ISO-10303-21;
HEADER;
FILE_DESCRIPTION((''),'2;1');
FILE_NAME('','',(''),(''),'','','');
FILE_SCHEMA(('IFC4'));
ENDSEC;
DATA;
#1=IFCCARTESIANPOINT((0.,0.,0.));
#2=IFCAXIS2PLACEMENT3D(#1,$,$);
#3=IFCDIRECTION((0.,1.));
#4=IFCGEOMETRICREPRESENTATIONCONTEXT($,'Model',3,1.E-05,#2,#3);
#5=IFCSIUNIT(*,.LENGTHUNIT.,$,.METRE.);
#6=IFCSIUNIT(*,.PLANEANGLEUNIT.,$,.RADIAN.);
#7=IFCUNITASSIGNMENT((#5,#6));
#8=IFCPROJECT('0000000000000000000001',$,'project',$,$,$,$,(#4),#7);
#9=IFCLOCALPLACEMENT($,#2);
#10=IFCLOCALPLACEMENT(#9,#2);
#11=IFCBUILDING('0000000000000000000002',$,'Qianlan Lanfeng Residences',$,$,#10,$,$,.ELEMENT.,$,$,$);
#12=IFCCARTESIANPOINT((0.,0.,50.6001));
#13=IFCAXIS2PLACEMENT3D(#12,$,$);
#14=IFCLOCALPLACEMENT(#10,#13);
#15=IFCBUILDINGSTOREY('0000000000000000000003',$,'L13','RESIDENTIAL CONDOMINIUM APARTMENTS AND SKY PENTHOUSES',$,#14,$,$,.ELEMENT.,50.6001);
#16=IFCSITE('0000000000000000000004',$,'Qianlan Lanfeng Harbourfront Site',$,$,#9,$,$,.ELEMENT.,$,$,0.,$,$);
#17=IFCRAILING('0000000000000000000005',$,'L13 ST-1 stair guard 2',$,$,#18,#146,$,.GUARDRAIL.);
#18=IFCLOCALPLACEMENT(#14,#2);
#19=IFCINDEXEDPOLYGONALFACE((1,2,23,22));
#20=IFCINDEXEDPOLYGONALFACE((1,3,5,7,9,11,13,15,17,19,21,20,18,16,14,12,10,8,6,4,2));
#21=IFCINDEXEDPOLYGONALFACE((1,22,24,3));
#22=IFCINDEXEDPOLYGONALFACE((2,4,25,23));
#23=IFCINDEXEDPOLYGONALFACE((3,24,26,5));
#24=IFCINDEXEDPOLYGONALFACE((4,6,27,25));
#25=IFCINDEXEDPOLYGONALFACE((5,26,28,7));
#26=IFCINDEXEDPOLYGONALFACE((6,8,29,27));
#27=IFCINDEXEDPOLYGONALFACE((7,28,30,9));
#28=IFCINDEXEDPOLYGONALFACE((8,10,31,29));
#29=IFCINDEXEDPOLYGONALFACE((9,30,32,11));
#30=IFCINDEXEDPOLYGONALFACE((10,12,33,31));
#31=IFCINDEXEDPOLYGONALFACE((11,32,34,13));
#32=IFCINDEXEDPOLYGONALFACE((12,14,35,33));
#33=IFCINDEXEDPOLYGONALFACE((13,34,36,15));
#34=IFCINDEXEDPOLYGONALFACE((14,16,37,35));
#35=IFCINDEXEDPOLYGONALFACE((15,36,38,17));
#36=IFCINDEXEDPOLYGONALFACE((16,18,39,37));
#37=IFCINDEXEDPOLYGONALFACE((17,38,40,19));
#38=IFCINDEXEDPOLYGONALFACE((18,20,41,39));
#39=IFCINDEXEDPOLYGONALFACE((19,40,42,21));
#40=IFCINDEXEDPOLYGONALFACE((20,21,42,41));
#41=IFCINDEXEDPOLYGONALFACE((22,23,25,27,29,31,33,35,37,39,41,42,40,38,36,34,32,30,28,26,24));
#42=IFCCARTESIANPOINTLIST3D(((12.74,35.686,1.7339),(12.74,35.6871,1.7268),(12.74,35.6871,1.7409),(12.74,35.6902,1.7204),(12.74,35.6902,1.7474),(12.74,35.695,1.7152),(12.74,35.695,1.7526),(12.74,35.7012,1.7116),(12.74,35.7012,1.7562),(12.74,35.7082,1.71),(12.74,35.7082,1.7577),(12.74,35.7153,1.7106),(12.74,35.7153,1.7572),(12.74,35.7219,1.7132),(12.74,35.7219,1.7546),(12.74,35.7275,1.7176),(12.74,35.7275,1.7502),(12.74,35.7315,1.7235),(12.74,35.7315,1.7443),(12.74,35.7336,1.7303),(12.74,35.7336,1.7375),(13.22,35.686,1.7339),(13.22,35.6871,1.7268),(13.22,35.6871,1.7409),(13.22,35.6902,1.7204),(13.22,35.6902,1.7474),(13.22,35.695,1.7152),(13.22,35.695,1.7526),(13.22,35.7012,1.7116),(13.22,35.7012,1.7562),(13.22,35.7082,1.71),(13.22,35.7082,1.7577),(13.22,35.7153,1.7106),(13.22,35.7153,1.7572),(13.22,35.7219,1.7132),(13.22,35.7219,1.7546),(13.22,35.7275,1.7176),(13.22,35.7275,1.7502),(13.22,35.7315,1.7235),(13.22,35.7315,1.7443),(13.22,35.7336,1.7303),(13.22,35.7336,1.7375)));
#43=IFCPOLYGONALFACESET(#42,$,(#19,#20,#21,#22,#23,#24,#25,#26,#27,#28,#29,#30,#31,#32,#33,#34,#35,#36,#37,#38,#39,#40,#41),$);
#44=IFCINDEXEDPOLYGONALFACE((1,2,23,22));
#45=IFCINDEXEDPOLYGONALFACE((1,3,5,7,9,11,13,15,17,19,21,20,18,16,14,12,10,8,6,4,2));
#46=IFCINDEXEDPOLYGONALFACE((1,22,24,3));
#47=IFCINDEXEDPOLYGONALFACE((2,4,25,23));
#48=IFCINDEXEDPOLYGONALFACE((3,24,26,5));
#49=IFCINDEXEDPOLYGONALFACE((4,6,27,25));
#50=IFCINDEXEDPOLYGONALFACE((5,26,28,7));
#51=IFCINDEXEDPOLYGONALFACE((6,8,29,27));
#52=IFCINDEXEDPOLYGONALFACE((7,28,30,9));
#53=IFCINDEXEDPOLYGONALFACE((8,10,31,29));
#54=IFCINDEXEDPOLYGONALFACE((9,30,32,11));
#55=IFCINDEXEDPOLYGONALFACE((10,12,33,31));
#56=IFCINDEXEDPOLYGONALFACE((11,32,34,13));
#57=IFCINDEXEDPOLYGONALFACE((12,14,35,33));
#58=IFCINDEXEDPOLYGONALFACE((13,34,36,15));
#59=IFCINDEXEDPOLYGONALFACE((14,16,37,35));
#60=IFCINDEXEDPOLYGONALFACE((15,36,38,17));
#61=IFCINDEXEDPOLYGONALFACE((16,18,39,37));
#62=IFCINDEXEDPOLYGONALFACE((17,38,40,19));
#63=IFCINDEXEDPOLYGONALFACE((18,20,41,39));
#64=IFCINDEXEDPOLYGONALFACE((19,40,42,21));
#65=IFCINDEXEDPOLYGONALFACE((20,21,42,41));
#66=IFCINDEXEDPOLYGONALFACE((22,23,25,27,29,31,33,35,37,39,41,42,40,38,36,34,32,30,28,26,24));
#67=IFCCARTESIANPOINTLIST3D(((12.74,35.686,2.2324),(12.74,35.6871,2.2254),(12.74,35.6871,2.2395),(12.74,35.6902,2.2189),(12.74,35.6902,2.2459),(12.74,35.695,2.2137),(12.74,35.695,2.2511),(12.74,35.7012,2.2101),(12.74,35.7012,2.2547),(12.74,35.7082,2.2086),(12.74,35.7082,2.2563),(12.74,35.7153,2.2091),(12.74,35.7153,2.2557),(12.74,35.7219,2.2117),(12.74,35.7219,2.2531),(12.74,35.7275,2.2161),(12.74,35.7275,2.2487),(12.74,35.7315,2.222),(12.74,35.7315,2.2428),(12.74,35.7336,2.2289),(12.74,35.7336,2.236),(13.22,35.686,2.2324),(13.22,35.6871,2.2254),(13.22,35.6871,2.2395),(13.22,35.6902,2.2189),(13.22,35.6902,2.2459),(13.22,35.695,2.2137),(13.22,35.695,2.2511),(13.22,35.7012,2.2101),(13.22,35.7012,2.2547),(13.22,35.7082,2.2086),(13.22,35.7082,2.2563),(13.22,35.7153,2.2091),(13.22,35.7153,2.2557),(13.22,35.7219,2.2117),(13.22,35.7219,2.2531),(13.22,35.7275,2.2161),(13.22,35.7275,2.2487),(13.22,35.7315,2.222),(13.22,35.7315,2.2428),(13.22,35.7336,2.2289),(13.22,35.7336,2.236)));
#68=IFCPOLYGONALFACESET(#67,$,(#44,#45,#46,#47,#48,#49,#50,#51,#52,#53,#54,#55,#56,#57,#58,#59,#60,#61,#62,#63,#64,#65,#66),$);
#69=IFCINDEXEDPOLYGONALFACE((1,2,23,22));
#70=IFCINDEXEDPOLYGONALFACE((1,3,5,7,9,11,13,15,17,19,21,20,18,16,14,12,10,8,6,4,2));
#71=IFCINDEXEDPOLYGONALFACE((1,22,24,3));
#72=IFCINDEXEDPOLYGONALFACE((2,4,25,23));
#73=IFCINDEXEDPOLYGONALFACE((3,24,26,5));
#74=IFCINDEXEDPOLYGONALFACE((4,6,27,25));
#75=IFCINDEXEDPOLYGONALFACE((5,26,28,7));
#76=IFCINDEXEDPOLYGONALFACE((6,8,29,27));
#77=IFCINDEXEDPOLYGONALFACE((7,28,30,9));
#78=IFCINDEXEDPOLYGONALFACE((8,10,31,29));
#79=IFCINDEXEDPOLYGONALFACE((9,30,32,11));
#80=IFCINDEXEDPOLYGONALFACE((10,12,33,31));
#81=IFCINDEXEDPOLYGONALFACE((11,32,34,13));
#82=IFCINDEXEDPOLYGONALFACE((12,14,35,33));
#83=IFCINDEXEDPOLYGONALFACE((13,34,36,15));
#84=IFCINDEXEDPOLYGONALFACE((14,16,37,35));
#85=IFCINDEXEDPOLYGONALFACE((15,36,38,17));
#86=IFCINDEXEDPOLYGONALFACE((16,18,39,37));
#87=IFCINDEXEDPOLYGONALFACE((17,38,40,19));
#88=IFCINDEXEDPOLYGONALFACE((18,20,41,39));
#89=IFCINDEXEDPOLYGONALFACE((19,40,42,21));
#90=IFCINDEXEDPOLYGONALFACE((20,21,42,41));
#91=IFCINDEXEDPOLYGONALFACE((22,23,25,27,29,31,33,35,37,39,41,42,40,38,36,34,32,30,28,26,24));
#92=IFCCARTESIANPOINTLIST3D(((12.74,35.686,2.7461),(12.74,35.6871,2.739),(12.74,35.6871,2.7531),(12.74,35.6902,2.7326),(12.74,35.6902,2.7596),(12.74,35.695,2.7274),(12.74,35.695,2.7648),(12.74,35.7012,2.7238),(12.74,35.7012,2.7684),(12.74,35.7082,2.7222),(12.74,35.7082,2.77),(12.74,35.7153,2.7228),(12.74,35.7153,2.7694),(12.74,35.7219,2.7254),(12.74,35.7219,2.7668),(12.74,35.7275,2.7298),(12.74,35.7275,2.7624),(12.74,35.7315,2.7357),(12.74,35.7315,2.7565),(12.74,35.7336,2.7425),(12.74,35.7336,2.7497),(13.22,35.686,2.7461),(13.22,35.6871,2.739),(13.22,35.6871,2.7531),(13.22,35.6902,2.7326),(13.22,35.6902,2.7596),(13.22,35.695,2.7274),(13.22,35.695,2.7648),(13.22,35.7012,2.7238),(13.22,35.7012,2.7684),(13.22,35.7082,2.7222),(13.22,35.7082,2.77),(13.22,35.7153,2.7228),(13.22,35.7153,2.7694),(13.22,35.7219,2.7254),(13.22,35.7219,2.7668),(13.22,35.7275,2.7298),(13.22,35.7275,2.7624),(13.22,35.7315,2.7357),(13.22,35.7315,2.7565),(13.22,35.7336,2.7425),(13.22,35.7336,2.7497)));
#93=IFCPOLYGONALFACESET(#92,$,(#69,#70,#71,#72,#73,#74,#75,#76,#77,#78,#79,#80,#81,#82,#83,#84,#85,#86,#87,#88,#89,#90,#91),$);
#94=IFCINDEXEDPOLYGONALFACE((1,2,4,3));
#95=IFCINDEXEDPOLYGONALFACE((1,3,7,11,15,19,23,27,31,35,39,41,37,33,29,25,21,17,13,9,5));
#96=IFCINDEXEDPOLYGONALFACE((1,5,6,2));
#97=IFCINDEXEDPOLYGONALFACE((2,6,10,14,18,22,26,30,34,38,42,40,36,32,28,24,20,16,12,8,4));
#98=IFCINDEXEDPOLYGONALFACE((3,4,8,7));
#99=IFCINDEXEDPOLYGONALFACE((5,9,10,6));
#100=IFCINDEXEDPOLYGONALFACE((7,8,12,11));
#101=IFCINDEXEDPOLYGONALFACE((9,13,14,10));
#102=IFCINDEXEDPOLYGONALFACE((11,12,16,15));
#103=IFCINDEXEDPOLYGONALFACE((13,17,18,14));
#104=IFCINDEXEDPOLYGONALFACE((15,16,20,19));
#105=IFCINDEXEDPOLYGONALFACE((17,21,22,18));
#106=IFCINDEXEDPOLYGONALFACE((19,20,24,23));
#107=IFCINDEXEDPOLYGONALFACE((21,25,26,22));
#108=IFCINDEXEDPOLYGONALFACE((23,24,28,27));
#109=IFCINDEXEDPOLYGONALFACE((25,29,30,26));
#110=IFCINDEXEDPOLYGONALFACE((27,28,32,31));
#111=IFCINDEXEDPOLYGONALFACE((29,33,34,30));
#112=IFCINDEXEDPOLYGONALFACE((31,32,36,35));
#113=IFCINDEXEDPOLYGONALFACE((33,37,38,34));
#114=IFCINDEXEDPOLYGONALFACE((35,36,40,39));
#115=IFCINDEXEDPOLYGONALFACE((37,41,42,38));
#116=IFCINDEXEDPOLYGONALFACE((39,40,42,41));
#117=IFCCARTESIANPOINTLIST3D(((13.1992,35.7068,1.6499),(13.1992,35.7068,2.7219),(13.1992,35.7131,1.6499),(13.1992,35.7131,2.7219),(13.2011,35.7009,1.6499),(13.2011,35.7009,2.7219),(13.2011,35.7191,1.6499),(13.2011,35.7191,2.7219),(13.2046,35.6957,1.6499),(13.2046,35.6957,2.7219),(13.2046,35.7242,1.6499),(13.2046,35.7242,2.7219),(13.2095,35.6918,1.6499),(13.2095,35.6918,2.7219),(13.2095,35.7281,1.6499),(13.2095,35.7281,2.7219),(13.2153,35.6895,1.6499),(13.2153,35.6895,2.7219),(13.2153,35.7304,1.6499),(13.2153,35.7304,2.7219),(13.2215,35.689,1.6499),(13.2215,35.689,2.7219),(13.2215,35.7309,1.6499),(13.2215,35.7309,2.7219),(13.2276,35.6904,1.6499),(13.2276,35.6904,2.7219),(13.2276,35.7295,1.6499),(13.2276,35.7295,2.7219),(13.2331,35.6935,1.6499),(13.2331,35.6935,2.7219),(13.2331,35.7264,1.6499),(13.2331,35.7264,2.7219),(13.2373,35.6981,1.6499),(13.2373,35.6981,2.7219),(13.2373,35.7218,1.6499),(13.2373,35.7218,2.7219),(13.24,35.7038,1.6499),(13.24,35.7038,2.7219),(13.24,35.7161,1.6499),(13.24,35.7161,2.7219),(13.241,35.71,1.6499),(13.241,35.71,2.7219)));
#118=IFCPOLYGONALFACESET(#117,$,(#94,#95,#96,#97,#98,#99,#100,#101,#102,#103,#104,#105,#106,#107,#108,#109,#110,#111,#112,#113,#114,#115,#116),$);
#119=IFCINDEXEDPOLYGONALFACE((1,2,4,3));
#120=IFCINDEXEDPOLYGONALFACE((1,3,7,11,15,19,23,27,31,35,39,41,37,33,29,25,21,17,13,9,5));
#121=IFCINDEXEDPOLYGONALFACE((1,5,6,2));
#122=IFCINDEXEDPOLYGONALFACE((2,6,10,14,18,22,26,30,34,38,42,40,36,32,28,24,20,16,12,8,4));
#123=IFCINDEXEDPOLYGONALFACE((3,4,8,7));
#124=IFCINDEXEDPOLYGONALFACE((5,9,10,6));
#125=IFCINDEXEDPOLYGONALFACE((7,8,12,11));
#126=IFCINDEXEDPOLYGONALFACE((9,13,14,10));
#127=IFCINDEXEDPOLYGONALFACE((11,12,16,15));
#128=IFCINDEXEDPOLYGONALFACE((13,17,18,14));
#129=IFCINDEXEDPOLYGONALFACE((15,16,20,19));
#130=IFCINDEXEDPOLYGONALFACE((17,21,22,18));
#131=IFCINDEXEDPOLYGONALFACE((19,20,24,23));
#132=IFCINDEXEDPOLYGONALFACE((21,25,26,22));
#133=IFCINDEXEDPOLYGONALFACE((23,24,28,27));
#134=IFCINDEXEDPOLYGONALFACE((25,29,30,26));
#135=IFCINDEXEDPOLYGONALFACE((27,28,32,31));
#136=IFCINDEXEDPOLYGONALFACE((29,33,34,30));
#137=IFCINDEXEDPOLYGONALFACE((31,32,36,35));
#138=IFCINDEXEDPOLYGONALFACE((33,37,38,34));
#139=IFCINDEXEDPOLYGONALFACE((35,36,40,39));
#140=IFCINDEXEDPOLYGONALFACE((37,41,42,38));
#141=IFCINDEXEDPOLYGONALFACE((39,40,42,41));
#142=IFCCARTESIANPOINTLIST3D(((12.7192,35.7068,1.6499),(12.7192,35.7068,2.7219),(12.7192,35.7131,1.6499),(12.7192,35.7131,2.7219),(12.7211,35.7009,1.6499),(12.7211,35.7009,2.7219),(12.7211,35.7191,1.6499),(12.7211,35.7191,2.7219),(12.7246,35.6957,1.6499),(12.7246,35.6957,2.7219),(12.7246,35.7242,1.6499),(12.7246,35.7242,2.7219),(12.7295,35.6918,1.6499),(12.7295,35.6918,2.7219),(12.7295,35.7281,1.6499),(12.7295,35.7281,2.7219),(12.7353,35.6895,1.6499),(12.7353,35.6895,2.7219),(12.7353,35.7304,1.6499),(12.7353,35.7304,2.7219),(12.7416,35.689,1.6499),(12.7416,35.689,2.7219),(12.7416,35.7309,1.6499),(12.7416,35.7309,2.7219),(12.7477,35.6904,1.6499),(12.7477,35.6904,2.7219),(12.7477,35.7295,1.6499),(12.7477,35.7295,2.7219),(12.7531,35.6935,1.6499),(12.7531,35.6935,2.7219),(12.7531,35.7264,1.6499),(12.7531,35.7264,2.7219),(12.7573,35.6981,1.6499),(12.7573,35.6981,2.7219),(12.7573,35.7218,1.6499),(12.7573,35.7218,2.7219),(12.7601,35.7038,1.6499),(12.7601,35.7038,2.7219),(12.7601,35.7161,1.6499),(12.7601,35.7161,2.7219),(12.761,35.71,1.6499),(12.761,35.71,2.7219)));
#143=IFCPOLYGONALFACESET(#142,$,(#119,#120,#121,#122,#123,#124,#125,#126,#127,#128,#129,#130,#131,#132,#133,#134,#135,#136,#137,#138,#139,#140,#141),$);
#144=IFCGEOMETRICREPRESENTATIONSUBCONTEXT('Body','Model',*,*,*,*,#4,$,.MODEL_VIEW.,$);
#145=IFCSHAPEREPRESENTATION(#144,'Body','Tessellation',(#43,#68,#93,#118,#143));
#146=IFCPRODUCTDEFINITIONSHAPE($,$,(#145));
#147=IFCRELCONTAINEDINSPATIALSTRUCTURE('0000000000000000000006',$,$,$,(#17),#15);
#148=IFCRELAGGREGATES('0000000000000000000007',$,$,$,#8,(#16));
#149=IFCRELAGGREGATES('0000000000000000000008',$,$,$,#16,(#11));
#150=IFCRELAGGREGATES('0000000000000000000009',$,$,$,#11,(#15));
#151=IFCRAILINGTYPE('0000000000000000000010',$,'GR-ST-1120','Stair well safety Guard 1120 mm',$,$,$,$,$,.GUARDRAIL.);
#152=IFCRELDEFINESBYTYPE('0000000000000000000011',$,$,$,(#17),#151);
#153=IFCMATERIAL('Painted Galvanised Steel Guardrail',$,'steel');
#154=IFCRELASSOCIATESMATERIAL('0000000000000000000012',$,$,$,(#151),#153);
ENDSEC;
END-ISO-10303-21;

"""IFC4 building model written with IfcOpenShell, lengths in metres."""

from ifc_helpers import new_model, si_unit, direction, frame, origin, origin_2d, place, context, subcontext, project, spatial, circle, extrude, material, type_object, element, save


model = new_model("IFC4")

# Units and contexts
model_context = context("Model", 3, precision=1e-05, world=origin(), true_north=direction((0.0, 1.0)))
body_context = subcontext(model_context, "Body", "Model", "MODEL_VIEW")
ifc_project = project(units=[si_unit("LENGTHUNIT", "METRE"), si_unit("PLANEANGLEUNIT", "RADIAN")], contexts=[model_context])

# Site, building, storey
site_placement = place(None, origin())
site = spatial("IfcSite", under=ifc_project, at=site_placement, Name="Qianlan Lanfeng Harbourfront Site", CompositionType="ELEMENT", RefElevation=0.0)
building_placement = place(site_placement, origin())
building = spatial("IfcBuilding", under=site, at=building_placement, Name="Qianlan Lanfeng Residences", CompositionType="ELEMENT")
storey_placement = place(building_placement, frame((0.0, 0.0, 50.6001)))
storey = spatial("IfcBuildingStorey", under=building, at=storey_placement, Name="L13", Description="RESIDENTIAL CONDOMINIUM APARTMENTS AND SKY PENTHOUSES", CompositionType="ELEMENT", Elevation=50.6001)

# Railing
ifc_material_1 = material(Name="Painted Galvanised Steel Guardrail", Category="steel")
railing_type_1 = type_object("IfcRailingType", Name="GR-ST-1120", Description="Stair well safety Guard 1120 mm", PredefinedType="GUARDRAIL", material=ifc_material_1)
railing_1_placement = place(storey_placement, frame((13.22, 35.71, 1.6499)))
element("IfcRailing", 1, at=railing_1_placement, inside=storey, type_object=railing_type_1, Name="L13 ST-1 stair guard 2", PredefinedType="GUARDRAIL", context=body_context, shape_type="SweptSolid", body=[
    extrude(circle(Radius=0.0239, at=origin_2d()), frame((0.0, 0.0, 0.084), z_axis=(-1.0, 0.0, 0.0), x_axis=(0.0, -1.0, 0.0)), (0.0, 0.0, 1.0), 0.48),
    extrude(circle(Radius=0.0239, at=origin_2d()), frame((0.0, 0.0, 0.5825), z_axis=(-1.0, 0.0, 0.0), x_axis=(0.0, -1.0, 0.0)), (0.0, 0.0, 1.0), 0.48),
    extrude(circle(Radius=0.0239, at=origin_2d()), frame((0.0, 0.0, 1.0962), z_axis=(-1.0, 0.0, 0.0), x_axis=(0.0, -1.0, 0.0)), (0.0, 0.0, 1.0), 0.48),
    extrude(circle(Radius=0.021, at=origin_2d()), origin(), (0.0, 0.0, 1.0), 1.072),
    extrude(circle(Radius=0.021, at=origin_2d()), frame((-0.48, 0.0, 0.0)), (0.0, 0.0, 1.0), 1.072),
])

save(model, "model.ifc")
